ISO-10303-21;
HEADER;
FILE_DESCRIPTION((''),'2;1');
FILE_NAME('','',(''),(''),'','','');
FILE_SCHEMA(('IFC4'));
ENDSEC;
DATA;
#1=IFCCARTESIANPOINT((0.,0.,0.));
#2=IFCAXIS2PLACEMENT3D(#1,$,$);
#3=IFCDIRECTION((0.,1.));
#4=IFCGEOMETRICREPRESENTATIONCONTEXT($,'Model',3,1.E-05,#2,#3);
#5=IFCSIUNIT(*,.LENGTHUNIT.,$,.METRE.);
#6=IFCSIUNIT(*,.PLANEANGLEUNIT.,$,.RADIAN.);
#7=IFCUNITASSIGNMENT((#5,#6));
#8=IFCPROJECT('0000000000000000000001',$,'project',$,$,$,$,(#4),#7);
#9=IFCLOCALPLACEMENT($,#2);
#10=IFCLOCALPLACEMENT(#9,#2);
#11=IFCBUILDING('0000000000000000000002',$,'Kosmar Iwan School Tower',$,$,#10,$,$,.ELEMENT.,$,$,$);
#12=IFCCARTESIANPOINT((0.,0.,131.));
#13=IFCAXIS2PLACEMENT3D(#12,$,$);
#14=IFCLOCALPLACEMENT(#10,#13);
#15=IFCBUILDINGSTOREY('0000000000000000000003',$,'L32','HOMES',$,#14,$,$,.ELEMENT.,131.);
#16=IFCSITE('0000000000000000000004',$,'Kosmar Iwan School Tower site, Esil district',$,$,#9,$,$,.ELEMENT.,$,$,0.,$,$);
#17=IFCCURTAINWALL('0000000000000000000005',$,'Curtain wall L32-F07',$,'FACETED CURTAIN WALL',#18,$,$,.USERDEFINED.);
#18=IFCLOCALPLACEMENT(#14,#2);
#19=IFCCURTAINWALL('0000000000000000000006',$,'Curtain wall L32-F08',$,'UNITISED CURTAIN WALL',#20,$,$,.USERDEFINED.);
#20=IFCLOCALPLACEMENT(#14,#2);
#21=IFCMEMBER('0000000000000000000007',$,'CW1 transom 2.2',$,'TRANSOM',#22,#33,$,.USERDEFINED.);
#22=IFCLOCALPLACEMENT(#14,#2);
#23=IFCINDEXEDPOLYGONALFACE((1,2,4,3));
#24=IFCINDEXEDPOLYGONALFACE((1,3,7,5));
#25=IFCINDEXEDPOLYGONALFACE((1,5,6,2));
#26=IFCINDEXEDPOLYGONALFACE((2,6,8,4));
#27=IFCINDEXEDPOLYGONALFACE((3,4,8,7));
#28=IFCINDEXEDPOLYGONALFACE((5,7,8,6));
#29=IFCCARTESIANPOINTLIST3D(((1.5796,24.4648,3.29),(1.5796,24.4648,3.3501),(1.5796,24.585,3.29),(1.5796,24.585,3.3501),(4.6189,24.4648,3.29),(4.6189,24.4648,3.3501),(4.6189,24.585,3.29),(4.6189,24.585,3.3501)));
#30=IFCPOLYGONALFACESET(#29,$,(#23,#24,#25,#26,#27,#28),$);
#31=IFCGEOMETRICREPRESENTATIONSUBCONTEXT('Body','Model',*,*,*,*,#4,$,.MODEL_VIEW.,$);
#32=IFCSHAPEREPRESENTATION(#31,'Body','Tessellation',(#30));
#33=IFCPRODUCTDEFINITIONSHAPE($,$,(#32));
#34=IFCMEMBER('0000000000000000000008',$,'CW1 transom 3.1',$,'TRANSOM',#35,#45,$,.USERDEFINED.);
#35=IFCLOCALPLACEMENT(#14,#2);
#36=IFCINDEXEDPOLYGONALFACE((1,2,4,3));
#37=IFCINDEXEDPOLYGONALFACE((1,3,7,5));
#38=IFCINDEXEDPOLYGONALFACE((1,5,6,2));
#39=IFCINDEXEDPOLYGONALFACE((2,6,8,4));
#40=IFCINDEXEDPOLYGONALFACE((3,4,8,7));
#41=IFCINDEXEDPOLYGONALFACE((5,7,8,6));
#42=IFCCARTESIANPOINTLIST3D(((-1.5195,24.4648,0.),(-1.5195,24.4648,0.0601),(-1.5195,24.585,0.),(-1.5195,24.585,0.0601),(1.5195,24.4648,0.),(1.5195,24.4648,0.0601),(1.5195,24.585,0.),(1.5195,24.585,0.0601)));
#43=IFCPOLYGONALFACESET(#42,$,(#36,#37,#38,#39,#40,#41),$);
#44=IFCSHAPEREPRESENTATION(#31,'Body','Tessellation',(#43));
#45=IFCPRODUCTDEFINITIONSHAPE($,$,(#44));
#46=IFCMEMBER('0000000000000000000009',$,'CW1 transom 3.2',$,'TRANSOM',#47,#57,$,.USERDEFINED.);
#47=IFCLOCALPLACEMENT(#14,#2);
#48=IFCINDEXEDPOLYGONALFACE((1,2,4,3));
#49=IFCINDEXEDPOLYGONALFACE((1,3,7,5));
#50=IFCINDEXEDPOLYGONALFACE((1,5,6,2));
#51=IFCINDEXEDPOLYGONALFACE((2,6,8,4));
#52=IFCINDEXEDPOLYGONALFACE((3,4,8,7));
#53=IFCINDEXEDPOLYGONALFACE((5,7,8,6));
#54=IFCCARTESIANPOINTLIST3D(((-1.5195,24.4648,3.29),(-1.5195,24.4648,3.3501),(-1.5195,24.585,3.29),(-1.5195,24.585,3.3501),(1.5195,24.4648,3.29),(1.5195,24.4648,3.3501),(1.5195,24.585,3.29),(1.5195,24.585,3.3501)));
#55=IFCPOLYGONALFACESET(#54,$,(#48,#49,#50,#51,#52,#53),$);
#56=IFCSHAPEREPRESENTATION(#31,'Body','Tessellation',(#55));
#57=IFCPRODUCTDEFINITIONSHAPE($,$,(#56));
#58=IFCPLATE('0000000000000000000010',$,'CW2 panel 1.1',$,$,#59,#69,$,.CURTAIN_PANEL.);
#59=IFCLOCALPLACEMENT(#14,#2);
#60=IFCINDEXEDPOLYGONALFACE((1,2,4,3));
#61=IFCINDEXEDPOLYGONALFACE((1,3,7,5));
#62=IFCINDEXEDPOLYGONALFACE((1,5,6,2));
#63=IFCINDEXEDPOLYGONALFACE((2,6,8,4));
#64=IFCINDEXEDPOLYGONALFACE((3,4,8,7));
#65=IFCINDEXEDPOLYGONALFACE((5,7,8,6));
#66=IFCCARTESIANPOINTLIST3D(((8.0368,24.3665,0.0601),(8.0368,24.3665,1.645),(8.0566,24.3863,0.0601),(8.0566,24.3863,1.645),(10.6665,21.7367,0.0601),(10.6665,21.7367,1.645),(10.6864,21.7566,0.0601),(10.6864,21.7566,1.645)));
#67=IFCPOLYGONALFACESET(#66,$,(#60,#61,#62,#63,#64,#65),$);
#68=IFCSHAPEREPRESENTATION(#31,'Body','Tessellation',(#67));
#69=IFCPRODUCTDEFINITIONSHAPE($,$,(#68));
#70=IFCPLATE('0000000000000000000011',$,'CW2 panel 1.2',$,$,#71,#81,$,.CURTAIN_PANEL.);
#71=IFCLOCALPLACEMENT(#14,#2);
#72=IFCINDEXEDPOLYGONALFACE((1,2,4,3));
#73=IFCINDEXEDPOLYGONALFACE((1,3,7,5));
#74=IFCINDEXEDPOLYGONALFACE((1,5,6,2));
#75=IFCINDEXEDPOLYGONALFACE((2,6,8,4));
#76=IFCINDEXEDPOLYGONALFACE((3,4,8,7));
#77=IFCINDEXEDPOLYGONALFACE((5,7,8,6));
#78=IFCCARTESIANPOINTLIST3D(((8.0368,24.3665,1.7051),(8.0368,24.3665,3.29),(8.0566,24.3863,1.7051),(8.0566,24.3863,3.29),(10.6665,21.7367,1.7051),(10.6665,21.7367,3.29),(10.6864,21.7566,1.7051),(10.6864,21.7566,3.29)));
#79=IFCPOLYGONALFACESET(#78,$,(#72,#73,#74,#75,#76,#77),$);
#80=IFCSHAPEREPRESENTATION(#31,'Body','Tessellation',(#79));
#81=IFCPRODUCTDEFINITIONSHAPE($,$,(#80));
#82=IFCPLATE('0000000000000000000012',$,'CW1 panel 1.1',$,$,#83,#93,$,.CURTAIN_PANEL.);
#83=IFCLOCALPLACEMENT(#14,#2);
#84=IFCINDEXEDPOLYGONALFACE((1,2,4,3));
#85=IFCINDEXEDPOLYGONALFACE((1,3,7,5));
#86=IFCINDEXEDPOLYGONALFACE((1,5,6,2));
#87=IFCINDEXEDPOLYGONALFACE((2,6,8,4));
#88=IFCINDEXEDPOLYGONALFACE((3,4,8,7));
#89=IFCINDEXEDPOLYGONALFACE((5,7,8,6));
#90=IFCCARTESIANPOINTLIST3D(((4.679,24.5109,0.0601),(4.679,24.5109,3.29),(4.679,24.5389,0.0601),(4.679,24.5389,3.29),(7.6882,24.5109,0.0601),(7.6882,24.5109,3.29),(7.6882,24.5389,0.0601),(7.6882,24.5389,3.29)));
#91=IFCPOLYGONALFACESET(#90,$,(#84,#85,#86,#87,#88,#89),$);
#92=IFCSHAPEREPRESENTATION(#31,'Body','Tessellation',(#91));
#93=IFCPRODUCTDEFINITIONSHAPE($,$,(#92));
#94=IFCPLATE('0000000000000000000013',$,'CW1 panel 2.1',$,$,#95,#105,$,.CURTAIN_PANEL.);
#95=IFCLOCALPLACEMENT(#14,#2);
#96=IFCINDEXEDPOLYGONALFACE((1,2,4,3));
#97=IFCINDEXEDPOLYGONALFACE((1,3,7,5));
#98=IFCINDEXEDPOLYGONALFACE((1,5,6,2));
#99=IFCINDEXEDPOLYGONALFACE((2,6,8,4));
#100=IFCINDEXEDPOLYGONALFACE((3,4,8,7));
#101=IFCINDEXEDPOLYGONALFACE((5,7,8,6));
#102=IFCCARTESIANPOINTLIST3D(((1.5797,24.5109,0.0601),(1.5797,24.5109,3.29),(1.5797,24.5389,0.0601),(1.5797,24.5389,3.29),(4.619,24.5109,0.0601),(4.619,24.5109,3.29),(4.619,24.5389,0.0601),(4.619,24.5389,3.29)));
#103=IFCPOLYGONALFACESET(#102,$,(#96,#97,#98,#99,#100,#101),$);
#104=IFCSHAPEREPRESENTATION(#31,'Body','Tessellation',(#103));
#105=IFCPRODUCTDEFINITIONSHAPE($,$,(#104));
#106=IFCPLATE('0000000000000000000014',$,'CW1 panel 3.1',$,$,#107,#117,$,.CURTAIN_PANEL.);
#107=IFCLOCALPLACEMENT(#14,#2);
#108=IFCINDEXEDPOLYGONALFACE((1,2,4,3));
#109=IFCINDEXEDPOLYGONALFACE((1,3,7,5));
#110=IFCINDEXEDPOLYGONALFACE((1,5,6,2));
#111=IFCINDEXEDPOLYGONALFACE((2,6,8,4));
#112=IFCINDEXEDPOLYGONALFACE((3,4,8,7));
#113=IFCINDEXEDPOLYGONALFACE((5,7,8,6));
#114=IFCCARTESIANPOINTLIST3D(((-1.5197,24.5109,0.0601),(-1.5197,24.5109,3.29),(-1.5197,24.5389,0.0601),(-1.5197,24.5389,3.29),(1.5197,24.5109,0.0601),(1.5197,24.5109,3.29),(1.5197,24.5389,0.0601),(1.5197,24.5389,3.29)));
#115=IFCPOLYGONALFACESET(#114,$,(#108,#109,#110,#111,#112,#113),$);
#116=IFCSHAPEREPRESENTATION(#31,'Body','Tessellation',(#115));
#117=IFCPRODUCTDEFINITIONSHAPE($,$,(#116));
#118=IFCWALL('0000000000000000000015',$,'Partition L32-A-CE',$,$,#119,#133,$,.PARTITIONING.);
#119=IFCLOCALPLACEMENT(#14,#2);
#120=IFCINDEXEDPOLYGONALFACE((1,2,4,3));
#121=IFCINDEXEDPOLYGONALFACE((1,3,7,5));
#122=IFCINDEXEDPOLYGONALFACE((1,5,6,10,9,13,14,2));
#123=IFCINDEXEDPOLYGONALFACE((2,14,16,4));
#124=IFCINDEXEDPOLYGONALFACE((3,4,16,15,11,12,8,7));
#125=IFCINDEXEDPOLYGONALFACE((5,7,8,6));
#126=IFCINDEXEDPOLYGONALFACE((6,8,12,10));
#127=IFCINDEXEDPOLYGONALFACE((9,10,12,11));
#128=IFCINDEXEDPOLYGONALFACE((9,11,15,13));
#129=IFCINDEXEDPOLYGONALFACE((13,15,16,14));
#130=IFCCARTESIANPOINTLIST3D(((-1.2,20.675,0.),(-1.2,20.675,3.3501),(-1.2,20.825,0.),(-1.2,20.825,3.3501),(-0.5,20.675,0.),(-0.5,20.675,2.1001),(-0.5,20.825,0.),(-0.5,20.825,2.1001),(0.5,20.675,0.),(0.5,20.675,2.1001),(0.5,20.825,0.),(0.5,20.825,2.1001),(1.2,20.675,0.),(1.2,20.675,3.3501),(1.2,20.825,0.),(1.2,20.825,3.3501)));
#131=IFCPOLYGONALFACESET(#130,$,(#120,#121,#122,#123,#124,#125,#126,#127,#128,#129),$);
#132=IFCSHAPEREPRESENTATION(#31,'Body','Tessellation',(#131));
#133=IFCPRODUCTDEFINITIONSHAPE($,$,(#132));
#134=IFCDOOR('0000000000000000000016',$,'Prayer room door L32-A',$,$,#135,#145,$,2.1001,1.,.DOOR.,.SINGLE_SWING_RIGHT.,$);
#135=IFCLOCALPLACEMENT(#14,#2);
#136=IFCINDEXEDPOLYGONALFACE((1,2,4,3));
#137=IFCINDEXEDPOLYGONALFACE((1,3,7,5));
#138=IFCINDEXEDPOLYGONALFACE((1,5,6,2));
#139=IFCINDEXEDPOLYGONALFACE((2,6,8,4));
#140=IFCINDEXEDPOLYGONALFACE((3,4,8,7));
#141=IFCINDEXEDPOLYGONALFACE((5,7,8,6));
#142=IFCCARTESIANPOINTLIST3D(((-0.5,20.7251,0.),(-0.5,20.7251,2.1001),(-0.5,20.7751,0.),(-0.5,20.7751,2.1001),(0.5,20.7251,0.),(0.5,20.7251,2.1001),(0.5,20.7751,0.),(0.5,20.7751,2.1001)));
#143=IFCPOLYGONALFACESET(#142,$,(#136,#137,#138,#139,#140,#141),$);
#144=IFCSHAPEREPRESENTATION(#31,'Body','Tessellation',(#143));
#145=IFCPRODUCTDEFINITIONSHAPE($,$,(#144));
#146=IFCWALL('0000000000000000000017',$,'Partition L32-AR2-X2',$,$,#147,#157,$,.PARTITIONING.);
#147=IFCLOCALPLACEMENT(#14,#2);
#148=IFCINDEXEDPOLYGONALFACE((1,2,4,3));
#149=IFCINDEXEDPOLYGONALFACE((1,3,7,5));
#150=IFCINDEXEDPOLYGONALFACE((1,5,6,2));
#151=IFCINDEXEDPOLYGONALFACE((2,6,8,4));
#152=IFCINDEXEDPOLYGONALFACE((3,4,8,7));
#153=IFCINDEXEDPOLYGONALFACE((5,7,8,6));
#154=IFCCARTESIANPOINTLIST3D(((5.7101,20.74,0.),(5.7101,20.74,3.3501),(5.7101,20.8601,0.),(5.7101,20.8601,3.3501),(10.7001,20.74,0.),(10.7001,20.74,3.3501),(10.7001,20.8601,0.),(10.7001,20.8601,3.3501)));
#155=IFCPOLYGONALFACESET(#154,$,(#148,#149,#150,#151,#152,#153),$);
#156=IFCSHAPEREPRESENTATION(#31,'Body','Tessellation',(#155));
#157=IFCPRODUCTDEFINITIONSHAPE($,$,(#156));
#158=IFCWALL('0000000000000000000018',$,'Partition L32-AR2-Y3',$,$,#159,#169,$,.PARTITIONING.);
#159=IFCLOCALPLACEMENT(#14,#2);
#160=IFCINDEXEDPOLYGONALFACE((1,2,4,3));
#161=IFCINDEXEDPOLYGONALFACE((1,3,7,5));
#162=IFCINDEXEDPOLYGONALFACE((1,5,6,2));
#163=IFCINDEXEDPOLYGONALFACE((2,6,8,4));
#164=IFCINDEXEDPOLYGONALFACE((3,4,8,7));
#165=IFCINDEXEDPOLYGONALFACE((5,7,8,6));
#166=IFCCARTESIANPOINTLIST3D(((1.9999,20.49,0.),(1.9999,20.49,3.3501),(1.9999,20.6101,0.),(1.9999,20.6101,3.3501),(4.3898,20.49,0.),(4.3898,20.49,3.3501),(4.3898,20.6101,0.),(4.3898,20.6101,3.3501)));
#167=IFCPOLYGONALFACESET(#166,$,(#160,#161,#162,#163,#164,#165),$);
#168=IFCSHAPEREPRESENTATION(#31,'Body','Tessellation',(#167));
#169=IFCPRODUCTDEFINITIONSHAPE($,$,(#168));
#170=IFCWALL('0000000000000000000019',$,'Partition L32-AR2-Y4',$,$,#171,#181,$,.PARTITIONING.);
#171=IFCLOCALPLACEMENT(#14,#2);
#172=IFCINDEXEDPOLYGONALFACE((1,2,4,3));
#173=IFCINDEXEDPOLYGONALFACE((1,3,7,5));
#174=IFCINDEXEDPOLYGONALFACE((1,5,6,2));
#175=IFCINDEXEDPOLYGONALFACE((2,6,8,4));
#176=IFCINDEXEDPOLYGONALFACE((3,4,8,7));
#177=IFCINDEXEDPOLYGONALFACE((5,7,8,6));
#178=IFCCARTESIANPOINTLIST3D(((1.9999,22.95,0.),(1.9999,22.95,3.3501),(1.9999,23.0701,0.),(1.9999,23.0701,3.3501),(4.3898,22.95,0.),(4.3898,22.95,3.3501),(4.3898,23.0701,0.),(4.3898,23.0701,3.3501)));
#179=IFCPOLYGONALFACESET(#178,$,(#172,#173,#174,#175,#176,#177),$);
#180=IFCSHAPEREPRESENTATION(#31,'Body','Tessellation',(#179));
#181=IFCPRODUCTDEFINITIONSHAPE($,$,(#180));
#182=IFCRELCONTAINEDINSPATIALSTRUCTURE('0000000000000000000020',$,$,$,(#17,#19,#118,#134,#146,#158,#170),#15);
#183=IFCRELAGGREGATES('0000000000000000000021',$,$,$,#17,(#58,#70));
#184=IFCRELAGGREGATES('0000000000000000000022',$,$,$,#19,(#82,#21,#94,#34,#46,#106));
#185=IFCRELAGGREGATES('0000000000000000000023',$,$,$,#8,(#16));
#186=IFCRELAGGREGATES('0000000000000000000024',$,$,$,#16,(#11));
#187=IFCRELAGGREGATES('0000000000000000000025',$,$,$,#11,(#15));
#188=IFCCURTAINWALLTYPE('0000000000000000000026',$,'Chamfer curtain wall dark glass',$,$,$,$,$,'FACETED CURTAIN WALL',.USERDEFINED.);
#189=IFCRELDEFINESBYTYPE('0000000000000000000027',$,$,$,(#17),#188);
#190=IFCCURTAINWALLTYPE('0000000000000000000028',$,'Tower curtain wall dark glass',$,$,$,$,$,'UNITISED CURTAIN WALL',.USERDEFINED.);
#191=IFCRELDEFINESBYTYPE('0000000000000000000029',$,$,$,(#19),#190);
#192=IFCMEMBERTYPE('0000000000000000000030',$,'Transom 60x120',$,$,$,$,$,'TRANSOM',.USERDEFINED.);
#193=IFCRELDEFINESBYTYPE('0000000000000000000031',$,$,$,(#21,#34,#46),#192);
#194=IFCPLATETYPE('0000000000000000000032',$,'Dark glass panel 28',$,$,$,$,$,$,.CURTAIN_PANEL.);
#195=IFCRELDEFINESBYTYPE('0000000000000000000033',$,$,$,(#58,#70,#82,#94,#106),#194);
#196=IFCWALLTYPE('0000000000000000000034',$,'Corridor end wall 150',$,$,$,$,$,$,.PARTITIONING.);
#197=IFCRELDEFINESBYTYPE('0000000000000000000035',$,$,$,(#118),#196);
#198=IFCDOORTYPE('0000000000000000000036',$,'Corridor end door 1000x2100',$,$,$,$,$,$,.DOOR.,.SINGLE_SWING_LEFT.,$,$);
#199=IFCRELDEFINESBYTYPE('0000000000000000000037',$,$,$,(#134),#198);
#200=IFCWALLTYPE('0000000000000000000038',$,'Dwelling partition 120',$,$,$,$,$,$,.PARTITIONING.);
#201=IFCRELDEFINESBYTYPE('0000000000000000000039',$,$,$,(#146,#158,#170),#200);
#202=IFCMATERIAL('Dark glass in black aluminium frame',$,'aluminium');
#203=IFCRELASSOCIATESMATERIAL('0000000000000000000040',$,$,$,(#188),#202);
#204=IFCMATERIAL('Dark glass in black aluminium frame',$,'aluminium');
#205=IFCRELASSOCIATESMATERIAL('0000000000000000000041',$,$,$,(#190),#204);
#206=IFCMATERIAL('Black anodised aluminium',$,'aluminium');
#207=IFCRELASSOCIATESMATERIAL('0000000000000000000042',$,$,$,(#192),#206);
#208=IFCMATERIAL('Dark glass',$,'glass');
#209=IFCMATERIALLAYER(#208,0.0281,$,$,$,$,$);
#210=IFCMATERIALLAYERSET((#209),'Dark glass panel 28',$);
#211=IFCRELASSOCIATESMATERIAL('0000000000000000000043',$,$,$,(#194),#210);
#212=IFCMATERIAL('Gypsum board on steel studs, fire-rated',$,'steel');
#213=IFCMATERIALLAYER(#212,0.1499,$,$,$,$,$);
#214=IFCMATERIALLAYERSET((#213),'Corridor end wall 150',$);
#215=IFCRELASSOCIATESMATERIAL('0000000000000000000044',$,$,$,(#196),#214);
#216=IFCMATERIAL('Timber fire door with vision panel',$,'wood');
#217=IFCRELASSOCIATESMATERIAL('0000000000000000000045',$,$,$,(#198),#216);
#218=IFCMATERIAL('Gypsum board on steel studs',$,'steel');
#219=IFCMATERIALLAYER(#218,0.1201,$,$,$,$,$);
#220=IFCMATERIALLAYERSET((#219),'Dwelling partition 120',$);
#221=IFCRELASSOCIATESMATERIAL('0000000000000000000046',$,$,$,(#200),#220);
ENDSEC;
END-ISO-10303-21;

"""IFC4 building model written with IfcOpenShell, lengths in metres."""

from ifc_helpers import new_model, si_unit, direction, frame, frame_2d, origin, origin_2d, place, context, subcontext, project, spatial, rectangle, extrude, material, layer, layer_set, material_profile, profile_set, type_object, element, fill, aggregate, save


model = new_model("IFC4")

# Units and contexts
model_context = context("Model", 3, precision=1e-05, world=origin(), true_north=direction((0.0, 1.0)))
body_context = subcontext(model_context, "Body", "Model", "MODEL_VIEW")
ifc_project = project(units=[si_unit("LENGTHUNIT", "METRE"), si_unit("PLANEANGLEUNIT", "RADIAN")], contexts=[model_context])

# Site, building, storey
site_placement = place(None, origin())
site = spatial("IfcSite", under=ifc_project, at=site_placement, Name="Kosmar Iwan School Tower site, Esil district", CompositionType="ELEMENT", RefElevation=0.0)
building_placement = place(site_placement, origin())
building = spatial("IfcBuilding", under=site, at=building_placement, Name="Kosmar Iwan School Tower", CompositionType="ELEMENT")
storey_placement = place(building_placement, frame((0.0, 0.0, 131.0)))
storey = spatial("IfcBuildingStorey", under=building, at=storey_placement, Name="L32", Description="HOMES", CompositionType="ELEMENT", Elevation=131.0)

# Curtain walls
ifc_material_1 = material(Name="Dark glass in black aluminium frame", Category="aluminium")
curtain_wall_type_1 = type_object("IfcCurtainWallType", Name="Chamfer curtain wall dark glass", ElementType="FACETED CURTAIN WALL", PredefinedType="USERDEFINED", material=ifc_material_1)
curtain_wall_1_placement = place(storey_placement, origin())
curtain_wall_1 = element("IfcCurtainWall", 1, at=curtain_wall_1_placement, inside=storey, type_object=curtain_wall_type_1, Name="Curtain wall L32-F07", ObjectType="FACETED CURTAIN WALL", PredefinedType="USERDEFINED")
ifc_material_2 = material(Name="Dark glass in black aluminium frame", Category="aluminium")
curtain_wall_type_2 = type_object("IfcCurtainWallType", Name="Tower curtain wall dark glass", ElementType="UNITISED CURTAIN WALL", PredefinedType="USERDEFINED", material=ifc_material_2)
curtain_wall_2_placement = place(storey_placement, origin())
curtain_wall_2 = element("IfcCurtainWall", 2, at=curtain_wall_2_placement, inside=storey, type_object=curtain_wall_type_2, Name="Curtain wall L32-F08", ObjectType="UNITISED CURTAIN WALL", PredefinedType="USERDEFINED")

# Members
ifc_material_3 = material(Name="Black anodised aluminium", Category="aluminium")
ifc_material_profile_1 = material_profile(ifc_material_3, rectangle(XDim=0.1201, YDim=0.0601, at=origin_2d()), Name="TRANSOM 60x120")
ifc_profile_set_1 = profile_set([ifc_material_profile_1], Name="Black anodised aluminium")
member_type_1 = type_object("IfcMemberType", Name="Transom 60x120", ElementType="TRANSOM", PredefinedType="USERDEFINED", material=ifc_profile_set_1)
member_1_placement = place(storey_placement, frame((4.6189, 24.5249, 3.3201), z_axis=(-1.0, 0.0, 0.0), x_axis=(0.0, -1.0, 0.0)))
member_1 = element("IfcMember", 3, at=member_1_placement, type_object=member_type_1, Name="CW1 transom 2.2", ObjectType="TRANSOM", PredefinedType="USERDEFINED", context=body_context, shape_type="SweptSolid", body=[
    extrude(rectangle(XDim=0.1201, YDim=0.0601, at=origin_2d()), origin(), (0.0, 0.0, 1.0), 3.0393),
])
member_2_placement = place(storey_placement, frame((1.5195, 24.5249, 0.03), z_axis=(-1.0, 0.0, 0.0), x_axis=(0.0, -1.0, 0.0)))
member_2 = element("IfcMember", 4, at=member_2_placement, type_object=member_type_1, Name="CW1 transom 3.1", ObjectType="TRANSOM", PredefinedType="USERDEFINED", context=body_context, shape_type="SweptSolid", body=[
    extrude(rectangle(XDim=0.1201, YDim=0.0601, at=origin_2d()), origin(), (0.0, 0.0, 1.0), 3.0391),
])
member_3_placement = place(storey_placement, frame((1.5195, 24.5249, 3.3201), z_axis=(-1.0, 0.0, 0.0), x_axis=(0.0, -1.0, 0.0)))
member_3 = element("IfcMember", 5, at=member_3_placement, type_object=member_type_1, Name="CW1 transom 3.2", ObjectType="TRANSOM", PredefinedType="USERDEFINED", context=body_context, shape_type="SweptSolid", body=[
    extrude(rectangle(XDim=0.1201, YDim=0.0601, at=origin_2d()), origin(), (0.0, 0.0, 1.0), 3.0391),
])

# Plates
ifc_material_4 = material(Name="Dark glass", Category="glass")
ifc_layer_1 = layer(ifc_material_4, 0.0281)
ifc_layer_set_1 = layer_set([ifc_layer_1], Name="Dark glass panel 28")
plate_type = type_object("IfcPlateType", Name="Dark glass panel 28", PredefinedType="CURTAIN_PANEL", material=ifc_layer_set_1)
plate_1_placement = place(storey_placement, frame((9.3616, 23.0615, 0.0601), z_axis=(0.0, 0.0, 1.0), x_axis=(-0.707107, 0.707107, 0.0)))
plate_1 = element("IfcPlate", 6, at=plate_1_placement, type_object=plate_type, Name="CW2 panel 1.1", PredefinedType="CURTAIN_PANEL", context=body_context, shape_type="SweptSolid", body=[
    extrude(rectangle(XDim=3.719, YDim=0.0281, at=origin_2d()), origin(), (0.0, 0.0, 1.0), 1.585),
])
plate_2_placement = place(storey_placement, frame((9.3616, 23.0615, 1.7051), z_axis=(0.0, 0.0, 1.0), x_axis=(-0.707107, 0.707107, 0.0)))
plate_2 = element("IfcPlate", 7, at=plate_2_placement, type_object=plate_type, Name="CW2 panel 1.2", PredefinedType="CURTAIN_PANEL", context=body_context, shape_type="SweptSolid", body=[
    extrude(rectangle(XDim=3.719, YDim=0.0281, at=origin_2d()), origin(), (0.0, 0.0, 1.0), 1.585),
])
aggregate(curtain_wall_1, [plate_1, plate_2])
plate_3_placement = place(storey_placement, frame((6.1836, 24.5249, 0.0601), z_axis=(0.0, 0.0, 1.0), x_axis=(-1.0, 0.0, 0.0)))
plate_3 = element("IfcPlate", 8, at=plate_3_placement, type_object=plate_type, Name="CW1 panel 1.1", PredefinedType="CURTAIN_PANEL", context=body_context, shape_type="SweptSolid", body=[
    extrude(rectangle(XDim=3.0093, YDim=0.0281, at=origin_2d()), origin(), (0.0, 0.0, 1.0), 3.23),
])
plate_4_placement = place(storey_placement, frame((3.0994, 24.5249, 0.0601), z_axis=(0.0, 0.0, 1.0), x_axis=(-1.0, 0.0, 0.0)))
plate_4 = element("IfcPlate", 9, at=plate_4_placement, type_object=plate_type, Name="CW1 panel 2.1", PredefinedType="CURTAIN_PANEL", context=body_context, shape_type="SweptSolid", body=[
    extrude(rectangle(XDim=3.0393, YDim=0.0281, at=origin_2d()), origin(), (0.0, 0.0, 1.0), 3.23),
])
plate_5_placement = place(storey_placement, frame((0.0, 24.5249, 0.0601), z_axis=(0.0, 0.0, 1.0), x_axis=(-1.0, 0.0, 0.0)))
plate_5 = element("IfcPlate", 10, at=plate_5_placement, type_object=plate_type, Name="CW1 panel 3.1", PredefinedType="CURTAIN_PANEL", context=body_context, shape_type="SweptSolid", body=[
    extrude(rectangle(XDim=3.0393, YDim=0.0281, at=origin_2d()), origin(), (0.0, 0.0, 1.0), 3.23),
])
aggregate(curtain_wall_2, [plate_3, member_1, plate_4, member_2, member_3, plate_5])

# Wall, opening, door
ifc_material_5 = material(Name="Gypsum board on steel studs, fire-rated", Category="steel")
ifc_layer_2 = layer(ifc_material_5, 0.1499)
ifc_layer_set_2 = layer_set([ifc_layer_2], Name="Corridor end wall 150")
wall_type_1 = type_object("IfcWallType", Name="Corridor end wall 150", PredefinedType="PARTITIONING", material=ifc_layer_set_2)
wall_1_placement = place(storey_placement, frame((1.2, 20.75, 0.0), z_axis=(0.0, 0.0, 1.0), x_axis=(-1.0, 0.0, 0.0)))
wall_1 = element("IfcWall", 11, at=wall_1_placement, inside=storey, type_object=wall_type_1, Name="Partition L32-A-CE", PredefinedType="PARTITIONING", context=body_context, shape_type="SweptSolid", body=[
    extrude(rectangle(XDim=2.3999, YDim=0.1499, at=frame_2d((1.2, 0.0))), origin(), (0.0, 0.0, 1.0), 3.3501),
])
opening_placement = place(wall_1_placement, frame((0.7, 0.0, 0.0)))
opening = element("IfcOpeningElement", 12, at=opening_placement, cuts=wall_1, PredefinedType="OPENING", context=body_context, shape_type="SweptSolid", body=[
    extrude(rectangle(XDim=1.0, YDim=2.1001, at=frame_2d((0.5, 1.05))), frame((0.0, 0.0869, 0.0), z_axis=(0.0, -1.0, 0.0), x_axis=(1.0, 0.0, 0.0)), (0.0, 0.0, 1.0), 0.1738),
])
ifc_material_6 = material(Name="Timber fire door with vision panel", Category="wood")
door_type = type_object("IfcDoorType", Name="Corridor end door 1000x2100", OperationType="SINGLE_SWING_LEFT", PredefinedType="DOOR", material=ifc_material_6)
door_placement = place(opening_placement, origin())
door = element("IfcDoor", 13, at=door_placement, inside=storey, type_object=door_type, Name="Prayer room door L32-A", OperationType="SINGLE_SWING_RIGHT", OverallHeight=2.1001, OverallWidth=1.0, PredefinedType="DOOR", context=body_context, shape_type="SweptSolid", body=[
    extrude(rectangle(XDim=1.0, YDim=2.1001, at=frame_2d((0.5, 1.05))), frame((0.0, 0.0249, 0.0), z_axis=(0.0, -1.0, 0.0), x_axis=(1.0, 0.0, 0.0)), (0.0, 0.0, 1.0), 0.05),
])
fill(opening, door)

# Walls
ifc_material_7 = material(Name="Gypsum board on steel studs", Category="steel")
ifc_layer_3 = layer(ifc_material_7, 0.1201)
ifc_layer_set_3 = layer_set([ifc_layer_3], Name="Dwelling partition 120")
wall_type_2 = type_object("IfcWallType", Name="Dwelling partition 120", PredefinedType="PARTITIONING", material=ifc_layer_set_3)
wall_2_placement = place(storey_placement, frame((5.71, 20.8, 0.0), z_axis=(0.0, 0.0, 1.0), x_axis=(1.0, 0.0, 0.0)))
element("IfcWall", 14, at=wall_2_placement, inside=storey, type_object=wall_type_2, Name="Partition L32-AR2-X2", PredefinedType="PARTITIONING", context=body_context, shape_type="SweptSolid", body=[
    extrude(rectangle(XDim=4.99, YDim=0.1201, at=frame_2d((2.4951, 0.0))), origin(), (0.0, 0.0, 1.0), 3.3501),
])
for number, where, z_axis, x_axis, name in (
    (15, (2.0, 20.55, 0.0), (0.0, 0.0, 1.0), (1.0, 0.0, 0.0), "Partition L32-AR2-Y3"),
    (16, (2.0, 23.01, 0.0), (0.0, 0.0, 1.0), (1.0, 0.0, 0.0), "Partition L32-AR2-Y4"),
):
    element("IfcWall", number, at=place(storey_placement, frame(where, z_axis=z_axis, x_axis=x_axis)), inside=storey, type_object=wall_type_2, Name=name, PredefinedType="PARTITIONING", context=body_context, shape_type="SweptSolid", body=[
        extrude(rectangle(XDim=2.3899, YDim=0.1201, at=frame_2d((1.1948, 0.0))), origin(), (0.0, 0.0, 1.0), 3.3501),
    ])

save(model, "model.ifc")
